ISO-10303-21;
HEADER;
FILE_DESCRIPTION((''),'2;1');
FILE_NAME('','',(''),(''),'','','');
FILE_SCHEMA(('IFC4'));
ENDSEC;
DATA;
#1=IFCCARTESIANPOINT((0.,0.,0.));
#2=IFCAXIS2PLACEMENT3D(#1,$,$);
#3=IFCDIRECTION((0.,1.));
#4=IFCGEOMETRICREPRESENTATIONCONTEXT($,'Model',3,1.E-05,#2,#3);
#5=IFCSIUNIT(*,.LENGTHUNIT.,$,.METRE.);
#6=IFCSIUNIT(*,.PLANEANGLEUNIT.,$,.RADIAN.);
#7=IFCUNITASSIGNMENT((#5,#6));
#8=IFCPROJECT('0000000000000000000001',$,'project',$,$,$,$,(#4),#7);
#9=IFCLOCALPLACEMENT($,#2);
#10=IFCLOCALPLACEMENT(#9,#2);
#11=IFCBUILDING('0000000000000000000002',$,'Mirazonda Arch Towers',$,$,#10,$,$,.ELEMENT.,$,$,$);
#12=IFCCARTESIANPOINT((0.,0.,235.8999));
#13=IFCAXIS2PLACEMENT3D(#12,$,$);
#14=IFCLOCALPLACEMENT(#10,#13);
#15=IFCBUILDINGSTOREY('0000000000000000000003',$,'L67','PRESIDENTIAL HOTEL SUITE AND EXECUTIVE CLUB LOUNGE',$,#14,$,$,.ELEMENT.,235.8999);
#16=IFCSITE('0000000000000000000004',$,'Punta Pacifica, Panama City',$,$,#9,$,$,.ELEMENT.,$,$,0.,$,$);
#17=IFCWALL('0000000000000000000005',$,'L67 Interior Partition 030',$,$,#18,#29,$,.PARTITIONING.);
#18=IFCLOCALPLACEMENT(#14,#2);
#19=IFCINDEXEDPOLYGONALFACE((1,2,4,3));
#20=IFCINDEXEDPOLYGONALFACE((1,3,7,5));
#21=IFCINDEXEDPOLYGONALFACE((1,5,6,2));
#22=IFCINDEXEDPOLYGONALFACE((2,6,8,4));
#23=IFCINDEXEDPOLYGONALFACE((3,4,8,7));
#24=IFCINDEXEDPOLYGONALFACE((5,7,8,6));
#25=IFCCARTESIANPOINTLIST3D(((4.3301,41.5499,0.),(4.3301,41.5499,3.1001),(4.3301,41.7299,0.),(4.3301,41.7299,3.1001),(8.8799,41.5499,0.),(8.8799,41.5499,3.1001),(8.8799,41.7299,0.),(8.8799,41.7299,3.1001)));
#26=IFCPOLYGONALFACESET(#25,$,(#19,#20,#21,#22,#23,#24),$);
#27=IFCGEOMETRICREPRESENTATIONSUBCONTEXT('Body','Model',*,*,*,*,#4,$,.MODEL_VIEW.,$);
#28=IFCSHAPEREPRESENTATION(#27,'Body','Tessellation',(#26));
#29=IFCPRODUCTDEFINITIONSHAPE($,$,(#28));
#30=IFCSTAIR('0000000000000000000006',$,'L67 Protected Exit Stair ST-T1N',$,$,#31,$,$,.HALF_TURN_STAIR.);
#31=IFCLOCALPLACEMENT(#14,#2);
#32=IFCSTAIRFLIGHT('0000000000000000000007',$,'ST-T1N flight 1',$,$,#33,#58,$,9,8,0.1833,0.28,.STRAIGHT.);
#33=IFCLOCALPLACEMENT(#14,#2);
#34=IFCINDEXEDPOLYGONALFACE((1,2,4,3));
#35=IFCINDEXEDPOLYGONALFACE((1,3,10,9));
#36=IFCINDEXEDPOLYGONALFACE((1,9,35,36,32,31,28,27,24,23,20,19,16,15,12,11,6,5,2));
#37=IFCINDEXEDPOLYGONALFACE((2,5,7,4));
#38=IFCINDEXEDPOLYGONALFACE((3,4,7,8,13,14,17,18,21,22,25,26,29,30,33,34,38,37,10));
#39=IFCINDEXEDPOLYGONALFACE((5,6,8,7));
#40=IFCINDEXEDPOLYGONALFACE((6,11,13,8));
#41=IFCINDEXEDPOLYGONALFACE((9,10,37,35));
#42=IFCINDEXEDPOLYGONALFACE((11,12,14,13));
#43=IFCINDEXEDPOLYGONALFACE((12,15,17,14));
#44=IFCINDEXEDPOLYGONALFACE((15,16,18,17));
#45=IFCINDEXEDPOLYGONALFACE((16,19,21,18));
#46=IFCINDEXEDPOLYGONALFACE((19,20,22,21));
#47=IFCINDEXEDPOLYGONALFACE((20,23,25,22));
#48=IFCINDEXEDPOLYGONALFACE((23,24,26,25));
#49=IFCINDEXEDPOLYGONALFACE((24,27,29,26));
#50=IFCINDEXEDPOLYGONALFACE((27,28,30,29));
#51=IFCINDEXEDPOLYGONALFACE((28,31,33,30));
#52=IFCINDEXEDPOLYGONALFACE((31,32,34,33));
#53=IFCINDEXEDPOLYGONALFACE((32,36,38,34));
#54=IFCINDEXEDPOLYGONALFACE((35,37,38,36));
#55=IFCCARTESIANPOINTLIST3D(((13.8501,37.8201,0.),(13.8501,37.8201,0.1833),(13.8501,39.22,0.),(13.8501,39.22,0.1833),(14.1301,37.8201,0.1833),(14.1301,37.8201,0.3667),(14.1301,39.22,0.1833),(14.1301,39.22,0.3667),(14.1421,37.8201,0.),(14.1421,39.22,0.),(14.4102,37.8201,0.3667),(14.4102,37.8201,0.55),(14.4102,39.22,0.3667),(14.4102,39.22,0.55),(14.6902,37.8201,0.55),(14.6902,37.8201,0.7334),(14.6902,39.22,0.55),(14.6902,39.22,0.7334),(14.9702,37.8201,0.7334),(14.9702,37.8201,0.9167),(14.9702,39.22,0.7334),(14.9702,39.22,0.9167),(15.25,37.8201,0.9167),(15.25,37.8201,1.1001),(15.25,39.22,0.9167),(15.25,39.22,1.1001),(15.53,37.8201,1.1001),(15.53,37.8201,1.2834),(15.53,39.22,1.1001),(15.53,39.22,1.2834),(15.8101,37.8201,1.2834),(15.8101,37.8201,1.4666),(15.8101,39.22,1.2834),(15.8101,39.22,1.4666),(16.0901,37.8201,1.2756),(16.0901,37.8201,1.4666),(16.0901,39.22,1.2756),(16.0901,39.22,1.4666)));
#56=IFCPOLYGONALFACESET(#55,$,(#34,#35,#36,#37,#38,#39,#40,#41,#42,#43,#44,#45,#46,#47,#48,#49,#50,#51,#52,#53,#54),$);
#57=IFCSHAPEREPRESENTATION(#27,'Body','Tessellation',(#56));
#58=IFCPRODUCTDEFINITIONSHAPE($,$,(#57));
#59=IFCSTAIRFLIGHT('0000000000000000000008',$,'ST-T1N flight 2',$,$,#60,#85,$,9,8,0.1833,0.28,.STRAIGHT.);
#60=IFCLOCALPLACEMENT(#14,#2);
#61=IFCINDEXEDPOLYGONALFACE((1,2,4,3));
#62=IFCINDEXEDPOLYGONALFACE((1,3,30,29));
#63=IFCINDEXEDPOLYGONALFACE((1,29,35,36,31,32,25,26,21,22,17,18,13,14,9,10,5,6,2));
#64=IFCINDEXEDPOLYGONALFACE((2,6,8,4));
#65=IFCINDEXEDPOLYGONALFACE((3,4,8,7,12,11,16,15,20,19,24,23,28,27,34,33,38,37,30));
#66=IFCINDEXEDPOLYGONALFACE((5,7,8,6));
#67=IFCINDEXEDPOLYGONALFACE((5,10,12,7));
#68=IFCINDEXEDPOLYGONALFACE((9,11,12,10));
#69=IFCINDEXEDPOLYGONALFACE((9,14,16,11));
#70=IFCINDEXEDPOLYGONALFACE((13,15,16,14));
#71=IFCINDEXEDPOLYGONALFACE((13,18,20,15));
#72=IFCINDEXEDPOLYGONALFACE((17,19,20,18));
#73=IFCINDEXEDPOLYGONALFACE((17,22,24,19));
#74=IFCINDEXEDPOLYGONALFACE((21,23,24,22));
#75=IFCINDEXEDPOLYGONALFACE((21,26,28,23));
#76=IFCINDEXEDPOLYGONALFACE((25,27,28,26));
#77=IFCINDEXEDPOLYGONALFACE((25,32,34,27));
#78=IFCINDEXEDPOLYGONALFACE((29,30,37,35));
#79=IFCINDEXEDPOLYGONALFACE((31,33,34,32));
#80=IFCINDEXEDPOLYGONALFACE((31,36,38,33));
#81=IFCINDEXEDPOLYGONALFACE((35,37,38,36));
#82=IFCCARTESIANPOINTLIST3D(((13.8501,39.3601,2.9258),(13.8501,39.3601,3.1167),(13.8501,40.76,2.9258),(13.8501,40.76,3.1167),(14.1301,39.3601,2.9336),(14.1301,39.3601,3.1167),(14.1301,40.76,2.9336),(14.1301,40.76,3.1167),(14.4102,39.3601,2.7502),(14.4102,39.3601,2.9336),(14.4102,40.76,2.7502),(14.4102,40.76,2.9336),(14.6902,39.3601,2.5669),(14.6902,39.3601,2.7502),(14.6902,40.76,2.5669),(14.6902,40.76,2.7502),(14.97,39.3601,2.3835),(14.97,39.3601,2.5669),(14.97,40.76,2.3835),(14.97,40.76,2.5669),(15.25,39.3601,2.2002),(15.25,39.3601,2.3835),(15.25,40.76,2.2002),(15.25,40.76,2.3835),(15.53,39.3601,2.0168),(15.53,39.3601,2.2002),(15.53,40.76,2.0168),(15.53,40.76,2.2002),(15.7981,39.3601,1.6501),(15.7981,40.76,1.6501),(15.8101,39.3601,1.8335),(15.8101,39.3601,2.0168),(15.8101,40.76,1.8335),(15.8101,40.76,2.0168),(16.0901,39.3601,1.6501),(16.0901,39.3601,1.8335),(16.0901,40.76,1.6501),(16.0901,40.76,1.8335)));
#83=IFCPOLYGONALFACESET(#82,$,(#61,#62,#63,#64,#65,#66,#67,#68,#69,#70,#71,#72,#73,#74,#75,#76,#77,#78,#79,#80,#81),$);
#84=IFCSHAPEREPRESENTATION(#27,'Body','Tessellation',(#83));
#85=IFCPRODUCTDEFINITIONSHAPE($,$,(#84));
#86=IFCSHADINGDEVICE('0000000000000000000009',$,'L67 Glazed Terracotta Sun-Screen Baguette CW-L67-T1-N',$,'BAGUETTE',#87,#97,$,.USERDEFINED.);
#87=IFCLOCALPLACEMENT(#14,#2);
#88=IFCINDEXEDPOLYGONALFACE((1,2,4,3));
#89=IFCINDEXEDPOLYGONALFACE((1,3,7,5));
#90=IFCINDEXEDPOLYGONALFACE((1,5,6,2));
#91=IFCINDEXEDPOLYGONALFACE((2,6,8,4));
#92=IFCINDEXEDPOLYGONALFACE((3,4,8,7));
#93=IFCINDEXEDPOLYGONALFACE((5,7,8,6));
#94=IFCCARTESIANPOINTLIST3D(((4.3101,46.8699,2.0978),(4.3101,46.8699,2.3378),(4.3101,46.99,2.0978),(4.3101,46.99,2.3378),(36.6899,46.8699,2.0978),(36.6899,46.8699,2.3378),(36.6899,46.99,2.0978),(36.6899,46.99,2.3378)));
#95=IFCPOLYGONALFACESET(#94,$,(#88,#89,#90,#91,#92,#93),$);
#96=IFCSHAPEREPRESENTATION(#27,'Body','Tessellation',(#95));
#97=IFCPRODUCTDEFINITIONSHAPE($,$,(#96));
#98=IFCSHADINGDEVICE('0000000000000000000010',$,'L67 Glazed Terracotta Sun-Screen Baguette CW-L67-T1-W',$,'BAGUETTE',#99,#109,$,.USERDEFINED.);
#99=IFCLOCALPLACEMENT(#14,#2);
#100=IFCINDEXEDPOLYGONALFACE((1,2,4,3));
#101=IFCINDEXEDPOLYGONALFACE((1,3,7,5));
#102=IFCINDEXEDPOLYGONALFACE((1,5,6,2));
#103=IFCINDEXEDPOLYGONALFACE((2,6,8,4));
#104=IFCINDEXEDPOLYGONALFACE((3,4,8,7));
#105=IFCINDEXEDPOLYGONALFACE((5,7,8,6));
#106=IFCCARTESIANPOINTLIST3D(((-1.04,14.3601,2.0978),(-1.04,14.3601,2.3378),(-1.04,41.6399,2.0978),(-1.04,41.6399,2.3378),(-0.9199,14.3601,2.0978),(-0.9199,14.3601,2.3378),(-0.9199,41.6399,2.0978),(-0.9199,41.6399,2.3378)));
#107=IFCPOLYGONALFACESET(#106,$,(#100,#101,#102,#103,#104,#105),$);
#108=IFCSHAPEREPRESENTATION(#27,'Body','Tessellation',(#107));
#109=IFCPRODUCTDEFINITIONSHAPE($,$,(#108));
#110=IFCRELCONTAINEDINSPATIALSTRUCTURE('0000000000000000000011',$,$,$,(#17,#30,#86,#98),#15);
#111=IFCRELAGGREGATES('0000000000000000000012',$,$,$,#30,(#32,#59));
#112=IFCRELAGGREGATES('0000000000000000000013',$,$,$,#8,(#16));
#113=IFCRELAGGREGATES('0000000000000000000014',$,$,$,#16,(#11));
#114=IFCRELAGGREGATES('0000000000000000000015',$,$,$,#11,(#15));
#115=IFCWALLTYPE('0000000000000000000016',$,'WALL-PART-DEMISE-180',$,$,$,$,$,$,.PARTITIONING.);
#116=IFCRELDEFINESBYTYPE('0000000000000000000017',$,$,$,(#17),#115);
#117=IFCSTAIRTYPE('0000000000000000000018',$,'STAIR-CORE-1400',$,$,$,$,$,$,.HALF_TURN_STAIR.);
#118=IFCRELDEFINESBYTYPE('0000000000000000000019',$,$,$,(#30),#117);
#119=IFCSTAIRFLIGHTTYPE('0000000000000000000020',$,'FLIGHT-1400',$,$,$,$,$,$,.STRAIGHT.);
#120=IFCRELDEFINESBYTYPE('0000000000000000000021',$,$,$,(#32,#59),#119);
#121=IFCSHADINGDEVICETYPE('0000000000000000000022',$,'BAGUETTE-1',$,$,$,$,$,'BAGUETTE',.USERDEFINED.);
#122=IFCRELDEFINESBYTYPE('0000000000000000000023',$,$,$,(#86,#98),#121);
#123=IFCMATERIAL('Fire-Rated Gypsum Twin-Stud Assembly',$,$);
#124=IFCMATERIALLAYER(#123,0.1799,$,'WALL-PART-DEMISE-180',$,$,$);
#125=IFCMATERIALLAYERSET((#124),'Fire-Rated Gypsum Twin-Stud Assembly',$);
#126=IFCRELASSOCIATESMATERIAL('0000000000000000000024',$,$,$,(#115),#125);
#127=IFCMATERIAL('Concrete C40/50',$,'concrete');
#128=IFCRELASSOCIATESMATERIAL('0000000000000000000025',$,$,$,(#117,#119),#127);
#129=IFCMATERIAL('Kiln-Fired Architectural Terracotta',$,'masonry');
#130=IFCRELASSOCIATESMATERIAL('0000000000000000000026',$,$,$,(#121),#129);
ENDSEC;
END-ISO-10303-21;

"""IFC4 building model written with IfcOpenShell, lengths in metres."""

from ifc_helpers import new_model, si_unit, direction, frame, frame_2d, origin, origin_2d, place, context, subcontext, project, spatial, polyline, rectangle, outline, extrude, material, layer, layer_set, material_profile, profile_set, type_object, element, aggregate, save


model = new_model("IFC4")

# Units and contexts
model_context = context("Model", 3, precision=1e-05, world=origin(), true_north=direction((0.0, 1.0)))
body_context = subcontext(model_context, "Body", "Model", "MODEL_VIEW")
ifc_project = project(units=[si_unit("LENGTHUNIT", "METRE"), si_unit("PLANEANGLEUNIT", "RADIAN")], contexts=[model_context])

# Site, building, storey
site_placement = place(None, origin())
site = spatial("IfcSite", under=ifc_project, at=site_placement, Name="Punta Pacifica, Panama City", CompositionType="ELEMENT", RefElevation=0.0)
building_placement = place(site_placement, origin())
building = spatial("IfcBuilding", under=site, at=building_placement, Name="Mirazonda Arch Towers", CompositionType="ELEMENT")
storey_placement = place(building_placement, frame((0.0, 0.0, 235.8999)))
storey = spatial("IfcBuildingStorey", under=building, at=storey_placement, Name="L67", Description="PRESIDENTIAL HOTEL SUITE AND EXECUTIVE CLUB LOUNGE", CompositionType="ELEMENT", Elevation=235.8999)

# Wall
ifc_material_1 = material(Name="Fire-Rated Gypsum Twin-Stud Assembly")
ifc_layer_1 = layer(ifc_material_1, 0.1799, Name="WALL-PART-DEMISE-180")
ifc_layer_set_1 = layer_set([ifc_layer_1], Name="Fire-Rated Gypsum Twin-Stud Assembly")
wall_type_1 = type_object("IfcWallType", Name="WALL-PART-DEMISE-180", PredefinedType="PARTITIONING", material=ifc_layer_set_1)
wall_1_placement = place(storey_placement, frame((4.3301, 41.6399, 0.0), z_axis=(0.0, 0.0, 1.0), x_axis=(1.0, 0.0, 0.0)))
element("IfcWall", 1, at=wall_1_placement, inside=storey, type_object=wall_type_1, Name="L67 Interior Partition 030", PredefinedType="PARTITIONING", context=body_context, shape_type="SweptSolid", body=[
    extrude(rectangle(XDim=4.5498, YDim=0.1799, at=frame_2d((2.2749, 0.0))), origin(), (0.0, 0.0, 1.0), 3.1001),
])

# Stair, stair flights
ifc_material_2 = material(Name="Concrete C40/50", Category="concrete")
stair_type = type_object("IfcStairType", Name="STAIR-CORE-1400", PredefinedType="HALF_TURN_STAIR", material=ifc_material_2)
stair_placement = place(storey_placement, origin())
stair = element("IfcStair", 2, at=stair_placement, inside=storey, type_object=stair_type, Name="L67 Protected Exit Stair ST-T1N", PredefinedType="HALF_TURN_STAIR")
stair_flight_type = type_object("IfcStairFlightType", Name="FLIGHT-1400", PredefinedType="STRAIGHT", material=ifc_material_2)
stair_flight_1_placement = place(storey_placement, frame((13.8501, 38.52, 0.0), z_axis=(0.0, 0.0, 1.0), x_axis=(1.0, 0.0, 0.0)))
stair_flight_1 = element("IfcStairFlight", 3, at=stair_flight_1_placement, type_object=stair_flight_type, Name="ST-T1N flight 1", NumberOfRisers=9, NumberOfTreads=8, PredefinedType="STRAIGHT", RiserHeight=0.1833, TreadLength=0.28, context=body_context, shape_type="SweptSolid", body=[
    extrude(outline(polyline([(0.0, 0.0), (0.0, 0.1833), (0.28, 0.1833), (0.28, 0.3667), (0.5601, 0.3667), (0.5601, 0.55), (0.8401, 0.55), (0.8401, 0.7334), (1.1201, 0.7334), (1.1201, 0.9167), (1.3999, 0.9167), (1.3999, 1.1001), (1.6799, 1.1001), (1.6799, 1.2834), (1.96, 1.2834), (1.96, 1.4666), (2.24, 1.4666), (2.24, 1.6499), (2.24, 1.2756), (0.292, 0.0), (0.0, 0.0)])), frame((0.0, 0.7, 0.0), z_axis=(0.0, -1.0, 0.0), x_axis=(1.0, 0.0, 0.0)), (0.0, 0.0, 1.0), 1.3999),
])
stair_flight_2_placement = place(storey_placement, frame((16.0901, 40.0601, 1.6501), z_axis=(0.0, 0.0, 1.0), x_axis=(-1.0, 0.0, 0.0)))
stair_flight_2 = element("IfcStairFlight", 4, at=stair_flight_2_placement, type_object=stair_flight_type, Name="ST-T1N flight 2", NumberOfRisers=9, NumberOfTreads=8, PredefinedType="STRAIGHT", RiserHeight=0.1833, TreadLength=0.28, context=body_context, shape_type="SweptSolid", body=[
    extrude(outline(polyline([(0.0, 0.0), (0.0, 0.1833), (0.28, 0.1833), (0.28, 0.3667), (0.5601, 0.3667), (0.5601, 0.55), (0.8401, 0.55), (0.8401, 0.7334), (1.1201, 0.7334), (1.1201, 0.9167), (1.3999, 0.9167), (1.3999, 1.1001), (1.6799, 1.1001), (1.6799, 1.2834), (1.96, 1.2834), (1.96, 1.4666), (2.24, 1.4666), (2.24, 1.6499), (2.24, 1.2756), (0.292, 0.0), (0.0, 0.0)])), frame((0.0, 0.7, 0.0), z_axis=(0.0, -1.0, 0.0), x_axis=(1.0, 0.0, 0.0)), (0.0, 0.0, 1.0), 1.3999),
])
aggregate(stair, [stair_flight_1, stair_flight_2])

# Shading devices
ifc_material_3 = material(Name="Kiln-Fired Architectural Terracotta", Category="masonry")
ifc_material_profile_1 = material_profile(ifc_material_3, rectangle(XDim=0.1201, YDim=0.24, at=origin_2d()), Name="TERRA-BAG-120x240")
ifc_profile_set_1 = profile_set([ifc_material_profile_1], Name="Kiln-Fired Architectural Terracotta")
shading_device_type = type_object("IfcShadingDeviceType", Name="BAGUETTE-1", ElementType="BAGUETTE", PredefinedType="USERDEFINED", material=ifc_profile_set_1)
shading_device_1_placement = place(storey_placement, frame((4.3101, 46.9299, 2.2178), z_axis=(1.0, 0.0, 0.0), x_axis=(0.0, 1.0, 0.0)))
element("IfcShadingDevice", 5, at=shading_device_1_placement, inside=storey, type_object=shading_device_type, Name="L67 Glazed Terracotta Sun-Screen Baguette CW-L67-T1-N", ObjectType="BAGUETTE", PredefinedType="USERDEFINED", context=body_context, shape_type="SweptSolid", body=[
    extrude(rectangle(XDim=0.1201, YDim=0.24, at=origin_2d()), origin(), (0.0, 0.0, 1.0), 32.3799),
])
shading_device_2_placement = place(storey_placement, frame((-0.98, 41.6399, 2.2178), z_axis=(0.0, -1.0, 0.0), x_axis=(1.0, 0.0, 0.0)))
element("IfcShadingDevice", 6, at=shading_device_2_placement, inside=storey, type_object=shading_device_type, Name="L67 Glazed Terracotta Sun-Screen Baguette CW-L67-T1-W", ObjectType="BAGUETTE", PredefinedType="USERDEFINED", context=body_context, shape_type="SweptSolid", body=[
    extrude(rectangle(XDim=0.1201, YDim=0.24, at=origin_2d()), origin(), (0.0, 0.0, 1.0), 27.2798),
])

save(model, "model.ifc")
